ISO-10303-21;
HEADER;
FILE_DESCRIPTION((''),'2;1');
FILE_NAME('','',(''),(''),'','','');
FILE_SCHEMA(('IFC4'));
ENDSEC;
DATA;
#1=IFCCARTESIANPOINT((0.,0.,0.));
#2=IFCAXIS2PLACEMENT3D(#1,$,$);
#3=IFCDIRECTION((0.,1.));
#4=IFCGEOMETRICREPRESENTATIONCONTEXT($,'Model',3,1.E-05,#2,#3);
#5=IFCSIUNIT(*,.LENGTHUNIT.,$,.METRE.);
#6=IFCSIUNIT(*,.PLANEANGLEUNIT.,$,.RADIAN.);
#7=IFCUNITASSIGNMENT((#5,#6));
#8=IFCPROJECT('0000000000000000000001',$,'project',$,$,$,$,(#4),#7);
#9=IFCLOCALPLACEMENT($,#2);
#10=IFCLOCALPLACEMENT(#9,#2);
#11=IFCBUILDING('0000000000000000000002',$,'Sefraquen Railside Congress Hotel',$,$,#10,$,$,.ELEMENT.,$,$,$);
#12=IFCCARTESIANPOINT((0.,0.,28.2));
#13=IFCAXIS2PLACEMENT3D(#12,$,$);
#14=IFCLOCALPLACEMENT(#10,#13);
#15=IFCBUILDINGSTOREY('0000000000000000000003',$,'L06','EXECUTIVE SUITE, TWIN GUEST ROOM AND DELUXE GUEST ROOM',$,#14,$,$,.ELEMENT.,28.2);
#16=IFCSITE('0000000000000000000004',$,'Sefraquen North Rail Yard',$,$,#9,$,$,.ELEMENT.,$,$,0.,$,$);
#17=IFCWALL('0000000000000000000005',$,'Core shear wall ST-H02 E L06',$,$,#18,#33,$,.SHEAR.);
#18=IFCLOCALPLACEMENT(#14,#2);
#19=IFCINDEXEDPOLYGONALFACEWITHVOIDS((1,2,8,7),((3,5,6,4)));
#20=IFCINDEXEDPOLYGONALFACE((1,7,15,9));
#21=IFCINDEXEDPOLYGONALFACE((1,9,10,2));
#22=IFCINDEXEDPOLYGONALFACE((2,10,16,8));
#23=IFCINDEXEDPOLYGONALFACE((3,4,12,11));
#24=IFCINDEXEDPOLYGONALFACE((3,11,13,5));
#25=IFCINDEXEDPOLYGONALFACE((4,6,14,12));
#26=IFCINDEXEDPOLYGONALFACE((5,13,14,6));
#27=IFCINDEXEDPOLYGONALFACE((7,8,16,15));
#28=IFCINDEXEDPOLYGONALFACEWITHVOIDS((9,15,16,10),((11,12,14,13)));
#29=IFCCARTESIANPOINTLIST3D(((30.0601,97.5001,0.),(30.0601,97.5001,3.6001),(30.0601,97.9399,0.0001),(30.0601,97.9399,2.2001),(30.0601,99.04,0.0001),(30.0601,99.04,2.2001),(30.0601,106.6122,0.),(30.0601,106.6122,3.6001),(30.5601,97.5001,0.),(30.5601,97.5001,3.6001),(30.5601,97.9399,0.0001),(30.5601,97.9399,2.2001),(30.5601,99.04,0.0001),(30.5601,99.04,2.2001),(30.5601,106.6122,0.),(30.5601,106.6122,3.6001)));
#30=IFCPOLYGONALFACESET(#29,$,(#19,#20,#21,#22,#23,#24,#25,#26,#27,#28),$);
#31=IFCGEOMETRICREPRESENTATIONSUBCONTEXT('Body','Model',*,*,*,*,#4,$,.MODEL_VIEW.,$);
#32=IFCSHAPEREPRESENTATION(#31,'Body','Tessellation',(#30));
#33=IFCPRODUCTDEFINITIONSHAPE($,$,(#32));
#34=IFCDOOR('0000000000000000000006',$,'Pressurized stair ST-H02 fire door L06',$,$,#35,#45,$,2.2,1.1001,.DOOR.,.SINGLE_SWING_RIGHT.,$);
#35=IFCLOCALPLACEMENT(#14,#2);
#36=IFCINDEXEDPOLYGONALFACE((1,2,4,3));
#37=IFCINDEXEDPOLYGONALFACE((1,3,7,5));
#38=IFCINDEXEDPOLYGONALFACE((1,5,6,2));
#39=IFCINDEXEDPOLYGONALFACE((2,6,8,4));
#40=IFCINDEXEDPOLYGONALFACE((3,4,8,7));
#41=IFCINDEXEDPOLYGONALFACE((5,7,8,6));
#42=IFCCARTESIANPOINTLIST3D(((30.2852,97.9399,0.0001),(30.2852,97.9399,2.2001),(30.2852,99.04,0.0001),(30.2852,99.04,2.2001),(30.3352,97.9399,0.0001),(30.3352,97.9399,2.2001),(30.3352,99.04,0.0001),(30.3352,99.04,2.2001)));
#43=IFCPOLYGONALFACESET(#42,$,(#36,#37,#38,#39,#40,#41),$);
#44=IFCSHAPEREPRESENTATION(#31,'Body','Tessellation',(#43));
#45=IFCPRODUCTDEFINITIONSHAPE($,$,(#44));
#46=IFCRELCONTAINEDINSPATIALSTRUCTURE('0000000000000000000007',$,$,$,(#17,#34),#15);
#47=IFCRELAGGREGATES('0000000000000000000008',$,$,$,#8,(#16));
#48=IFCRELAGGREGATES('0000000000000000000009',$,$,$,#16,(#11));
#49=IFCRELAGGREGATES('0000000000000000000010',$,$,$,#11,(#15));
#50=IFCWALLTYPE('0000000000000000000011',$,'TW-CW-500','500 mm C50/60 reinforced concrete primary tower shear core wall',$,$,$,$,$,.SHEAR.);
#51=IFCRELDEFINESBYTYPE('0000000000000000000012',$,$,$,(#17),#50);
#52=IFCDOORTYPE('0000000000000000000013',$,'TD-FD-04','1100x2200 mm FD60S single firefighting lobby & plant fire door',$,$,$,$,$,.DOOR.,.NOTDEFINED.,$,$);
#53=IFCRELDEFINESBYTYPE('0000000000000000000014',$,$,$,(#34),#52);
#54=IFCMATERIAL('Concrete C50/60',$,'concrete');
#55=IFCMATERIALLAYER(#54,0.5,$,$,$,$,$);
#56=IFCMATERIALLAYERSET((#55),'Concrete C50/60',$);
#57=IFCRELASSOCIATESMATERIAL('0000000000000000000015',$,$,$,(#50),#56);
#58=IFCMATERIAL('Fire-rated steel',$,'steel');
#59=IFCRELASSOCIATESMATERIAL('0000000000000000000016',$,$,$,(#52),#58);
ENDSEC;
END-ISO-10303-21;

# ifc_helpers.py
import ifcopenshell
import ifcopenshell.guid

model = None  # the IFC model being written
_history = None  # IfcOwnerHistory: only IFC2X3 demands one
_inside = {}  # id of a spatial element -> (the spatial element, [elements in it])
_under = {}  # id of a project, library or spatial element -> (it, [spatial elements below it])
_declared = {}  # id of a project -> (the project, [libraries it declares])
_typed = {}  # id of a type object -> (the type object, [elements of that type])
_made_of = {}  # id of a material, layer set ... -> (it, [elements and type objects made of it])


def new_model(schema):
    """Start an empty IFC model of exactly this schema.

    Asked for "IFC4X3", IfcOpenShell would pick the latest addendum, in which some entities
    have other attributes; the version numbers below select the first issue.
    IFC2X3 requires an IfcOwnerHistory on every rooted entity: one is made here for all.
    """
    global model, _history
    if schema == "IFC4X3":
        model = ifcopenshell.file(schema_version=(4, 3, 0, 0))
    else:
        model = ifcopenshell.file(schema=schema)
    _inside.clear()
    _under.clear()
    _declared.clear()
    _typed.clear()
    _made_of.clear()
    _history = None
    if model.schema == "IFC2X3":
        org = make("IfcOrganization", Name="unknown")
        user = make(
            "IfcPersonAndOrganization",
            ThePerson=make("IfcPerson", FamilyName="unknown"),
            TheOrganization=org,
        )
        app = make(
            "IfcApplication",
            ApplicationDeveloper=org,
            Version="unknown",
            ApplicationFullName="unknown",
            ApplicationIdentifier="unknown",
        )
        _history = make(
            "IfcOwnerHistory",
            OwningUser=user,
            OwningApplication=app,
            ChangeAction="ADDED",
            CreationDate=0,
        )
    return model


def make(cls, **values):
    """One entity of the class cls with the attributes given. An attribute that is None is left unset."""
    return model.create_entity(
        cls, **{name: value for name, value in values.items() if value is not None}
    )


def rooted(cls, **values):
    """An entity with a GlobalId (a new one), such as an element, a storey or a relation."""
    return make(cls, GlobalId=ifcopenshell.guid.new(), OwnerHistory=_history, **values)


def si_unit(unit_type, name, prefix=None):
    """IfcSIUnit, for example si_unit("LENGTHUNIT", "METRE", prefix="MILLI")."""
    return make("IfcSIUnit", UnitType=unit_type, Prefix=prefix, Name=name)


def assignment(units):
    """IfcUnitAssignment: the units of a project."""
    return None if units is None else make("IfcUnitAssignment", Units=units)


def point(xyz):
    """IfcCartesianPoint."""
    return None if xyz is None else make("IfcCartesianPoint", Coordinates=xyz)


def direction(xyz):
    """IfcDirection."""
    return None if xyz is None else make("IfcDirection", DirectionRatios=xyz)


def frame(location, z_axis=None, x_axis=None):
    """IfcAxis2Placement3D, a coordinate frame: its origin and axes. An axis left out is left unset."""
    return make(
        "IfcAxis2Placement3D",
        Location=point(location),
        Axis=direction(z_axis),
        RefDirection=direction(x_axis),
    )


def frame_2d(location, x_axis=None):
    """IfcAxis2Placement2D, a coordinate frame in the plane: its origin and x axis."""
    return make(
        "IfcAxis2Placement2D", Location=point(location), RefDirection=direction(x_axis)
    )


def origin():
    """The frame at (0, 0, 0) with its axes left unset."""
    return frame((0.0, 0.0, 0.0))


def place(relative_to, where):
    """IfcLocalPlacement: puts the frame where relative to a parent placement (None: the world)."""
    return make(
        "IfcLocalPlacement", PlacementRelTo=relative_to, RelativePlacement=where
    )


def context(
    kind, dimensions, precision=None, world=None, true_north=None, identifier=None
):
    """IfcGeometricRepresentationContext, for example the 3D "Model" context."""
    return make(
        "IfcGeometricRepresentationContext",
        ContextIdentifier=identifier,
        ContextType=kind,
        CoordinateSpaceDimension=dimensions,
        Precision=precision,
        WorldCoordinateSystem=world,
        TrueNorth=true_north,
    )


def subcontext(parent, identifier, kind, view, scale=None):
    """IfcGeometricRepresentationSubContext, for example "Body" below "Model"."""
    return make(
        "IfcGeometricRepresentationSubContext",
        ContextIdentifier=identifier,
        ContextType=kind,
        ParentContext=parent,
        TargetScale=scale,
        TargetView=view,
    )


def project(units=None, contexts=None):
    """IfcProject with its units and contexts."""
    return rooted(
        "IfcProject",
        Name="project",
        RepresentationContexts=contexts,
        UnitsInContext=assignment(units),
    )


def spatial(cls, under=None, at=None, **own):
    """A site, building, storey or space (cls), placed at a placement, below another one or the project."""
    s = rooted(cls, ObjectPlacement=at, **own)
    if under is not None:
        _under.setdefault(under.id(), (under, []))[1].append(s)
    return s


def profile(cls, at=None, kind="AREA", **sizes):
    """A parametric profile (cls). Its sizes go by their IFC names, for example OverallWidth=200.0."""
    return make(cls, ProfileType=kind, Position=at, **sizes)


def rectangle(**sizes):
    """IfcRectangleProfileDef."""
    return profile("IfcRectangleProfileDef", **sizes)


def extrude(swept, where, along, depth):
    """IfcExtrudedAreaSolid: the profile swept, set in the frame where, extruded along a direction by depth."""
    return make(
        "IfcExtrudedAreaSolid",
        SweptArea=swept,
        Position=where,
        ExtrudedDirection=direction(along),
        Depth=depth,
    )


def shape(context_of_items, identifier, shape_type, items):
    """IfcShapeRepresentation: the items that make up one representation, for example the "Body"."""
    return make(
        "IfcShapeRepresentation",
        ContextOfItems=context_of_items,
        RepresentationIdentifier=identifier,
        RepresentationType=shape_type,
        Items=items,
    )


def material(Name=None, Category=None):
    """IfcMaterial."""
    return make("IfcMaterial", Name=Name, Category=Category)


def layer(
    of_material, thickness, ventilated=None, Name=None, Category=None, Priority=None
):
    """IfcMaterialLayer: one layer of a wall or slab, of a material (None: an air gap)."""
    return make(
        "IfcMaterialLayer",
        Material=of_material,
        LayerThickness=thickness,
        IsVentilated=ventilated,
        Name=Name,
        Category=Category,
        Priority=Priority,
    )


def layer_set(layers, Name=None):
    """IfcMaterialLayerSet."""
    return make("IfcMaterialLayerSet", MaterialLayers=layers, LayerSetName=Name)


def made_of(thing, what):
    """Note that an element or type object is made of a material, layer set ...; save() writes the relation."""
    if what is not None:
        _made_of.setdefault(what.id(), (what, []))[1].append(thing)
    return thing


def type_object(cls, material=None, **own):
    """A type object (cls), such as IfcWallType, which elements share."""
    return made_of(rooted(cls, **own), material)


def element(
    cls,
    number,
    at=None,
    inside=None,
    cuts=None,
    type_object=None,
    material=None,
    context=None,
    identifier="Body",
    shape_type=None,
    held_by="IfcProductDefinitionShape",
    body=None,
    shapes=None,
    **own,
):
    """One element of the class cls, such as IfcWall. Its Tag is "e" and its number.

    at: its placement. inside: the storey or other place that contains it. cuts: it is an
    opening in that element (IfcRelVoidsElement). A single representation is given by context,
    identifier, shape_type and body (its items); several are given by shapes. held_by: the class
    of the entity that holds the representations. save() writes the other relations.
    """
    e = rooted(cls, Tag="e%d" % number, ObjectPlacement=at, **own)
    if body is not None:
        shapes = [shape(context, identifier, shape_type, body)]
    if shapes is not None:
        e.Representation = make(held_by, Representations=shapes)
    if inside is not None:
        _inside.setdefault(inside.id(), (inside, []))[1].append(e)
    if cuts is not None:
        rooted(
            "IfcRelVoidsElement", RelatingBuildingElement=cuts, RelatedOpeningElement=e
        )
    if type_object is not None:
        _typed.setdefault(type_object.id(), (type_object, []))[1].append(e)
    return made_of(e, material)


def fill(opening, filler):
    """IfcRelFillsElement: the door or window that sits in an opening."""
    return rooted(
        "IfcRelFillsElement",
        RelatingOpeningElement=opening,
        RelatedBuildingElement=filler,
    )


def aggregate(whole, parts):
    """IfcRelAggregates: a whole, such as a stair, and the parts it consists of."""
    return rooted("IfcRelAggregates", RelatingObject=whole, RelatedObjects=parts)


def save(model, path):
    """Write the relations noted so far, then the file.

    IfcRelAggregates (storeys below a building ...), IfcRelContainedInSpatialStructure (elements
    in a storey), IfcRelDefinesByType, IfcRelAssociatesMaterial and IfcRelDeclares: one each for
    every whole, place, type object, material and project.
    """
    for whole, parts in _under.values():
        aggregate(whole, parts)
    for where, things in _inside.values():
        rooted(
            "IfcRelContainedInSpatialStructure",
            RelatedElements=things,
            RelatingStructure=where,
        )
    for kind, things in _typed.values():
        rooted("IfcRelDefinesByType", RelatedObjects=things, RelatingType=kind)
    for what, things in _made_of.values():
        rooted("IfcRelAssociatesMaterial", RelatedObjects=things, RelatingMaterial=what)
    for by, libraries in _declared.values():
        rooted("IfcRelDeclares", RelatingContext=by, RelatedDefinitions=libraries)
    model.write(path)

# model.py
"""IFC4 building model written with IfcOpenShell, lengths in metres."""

from ifc_helpers import new_model, si_unit, direction, frame, frame_2d, origin, place, context, subcontext, project, spatial, rectangle, extrude, material, layer, layer_set, type_object, element, fill, save


model = new_model("IFC4")

# Units and contexts
model_context = context("Model", 3, precision=1e-05, world=origin(), true_north=direction((0.0, 1.0)))
body_context = subcontext(model_context, "Body", "Model", "MODEL_VIEW")
ifc_project = project(units=[si_unit("LENGTHUNIT", "METRE"), si_unit("PLANEANGLEUNIT", "RADIAN")], contexts=[model_context])

# Site, building, storey
site_placement = place(None, origin())
site = spatial("IfcSite", under=ifc_project, at=site_placement, Name="Sefraquen North Rail Yard", CompositionType="ELEMENT", RefElevation=0.0)
building_placement = place(site_placement, origin())
building = spatial("IfcBuilding", under=site, at=building_placement, Name="Sefraquen Railside Congress Hotel", CompositionType="ELEMENT")
storey_placement = place(building_placement, frame((0.0, 0.0, 28.2)))
storey = spatial("IfcBuildingStorey", under=building, at=storey_placement, Name="L06", Description="EXECUTIVE SUITE, TWIN GUEST ROOM AND DELUXE GUEST ROOM", CompositionType="ELEMENT", Elevation=28.2)

# Shared definitions
ifc_material_1 = material(Name="Concrete C50/60", Category="concrete")

# Wall, opening, door
ifc_layer_1 = layer(ifc_material_1, 0.5)
ifc_layer_set_1 = layer_set([ifc_layer_1], Name="Concrete C50/60")
wall_type_1 = type_object("IfcWallType", Name="TW-CW-500", Description="500 mm C50/60 reinforced concrete primary tower shear core wall", PredefinedType="SHEAR", material=ifc_layer_set_1)
wall_1_placement = place(storey_placement, frame((30.3101, 97.5, 0.0), z_axis=(0.0, 0.0, 1.0), x_axis=(0.0, 1.0, 0.0)))
wall_1 = element("IfcWall", 1, at=wall_1_placement, inside=storey, type_object=wall_type_1, Name="Core shear wall ST-H02 E L06", PredefinedType="SHEAR", context=body_context, shape_type="SweptSolid", body=[
    extrude(rectangle(XDim=9.1121, YDim=0.5, at=frame_2d((4.5562, 0.0))), origin(), (0.0, 0.0, 1.0), 3.6001),
])
opening_1_placement = place(wall_1_placement, frame((0.4399, 0.0, 0.0)))
opening_1 = element("IfcOpeningElement", 2, at=opening_1_placement, cuts=wall_1, PredefinedType="OPENING", context=body_context, shape_type="SweptSolid", body=[
    extrude(rectangle(XDim=1.1001, YDim=2.2, at=frame_2d((0.55, 1.1001))), frame((0.0, 0.26, 0.0), z_axis=(0.0, -1.0, 0.0), x_axis=(1.0, 0.0, 0.0)), (0.0, 0.0, 1.0), 0.52),
])
ifc_material_2 = material(Name="Fire-rated steel", Category="steel")
door_type_1 = type_object("IfcDoorType", Name="TD-FD-04", Description="1100x2200 mm FD60S single firefighting lobby & plant fire door", OperationType="NOTDEFINED", PredefinedType="DOOR", material=ifc_material_2)
door_1_placement = place(opening_1_placement, origin())
door_1 = element("IfcDoor", 3, at=door_1_placement, inside=storey, type_object=door_type_1, Name="Pressurized stair ST-H02 fire door L06", OperationType="SINGLE_SWING_RIGHT", OverallHeight=2.2, OverallWidth=1.1001, PredefinedType="DOOR", context=body_context, shape_type="SweptSolid", body=[
    extrude(rectangle(XDim=1.1001, YDim=2.2, at=frame_2d((0.55, 1.1001))), frame((0.0, 0.0249, 0.0), z_axis=(0.0, -1.0, 0.0), x_axis=(1.0, 0.0, 0.0)), (0.0, 0.0, 1.0), 0.05),
])
fill(opening_1, door_1)

save(model, "model.ifc")
